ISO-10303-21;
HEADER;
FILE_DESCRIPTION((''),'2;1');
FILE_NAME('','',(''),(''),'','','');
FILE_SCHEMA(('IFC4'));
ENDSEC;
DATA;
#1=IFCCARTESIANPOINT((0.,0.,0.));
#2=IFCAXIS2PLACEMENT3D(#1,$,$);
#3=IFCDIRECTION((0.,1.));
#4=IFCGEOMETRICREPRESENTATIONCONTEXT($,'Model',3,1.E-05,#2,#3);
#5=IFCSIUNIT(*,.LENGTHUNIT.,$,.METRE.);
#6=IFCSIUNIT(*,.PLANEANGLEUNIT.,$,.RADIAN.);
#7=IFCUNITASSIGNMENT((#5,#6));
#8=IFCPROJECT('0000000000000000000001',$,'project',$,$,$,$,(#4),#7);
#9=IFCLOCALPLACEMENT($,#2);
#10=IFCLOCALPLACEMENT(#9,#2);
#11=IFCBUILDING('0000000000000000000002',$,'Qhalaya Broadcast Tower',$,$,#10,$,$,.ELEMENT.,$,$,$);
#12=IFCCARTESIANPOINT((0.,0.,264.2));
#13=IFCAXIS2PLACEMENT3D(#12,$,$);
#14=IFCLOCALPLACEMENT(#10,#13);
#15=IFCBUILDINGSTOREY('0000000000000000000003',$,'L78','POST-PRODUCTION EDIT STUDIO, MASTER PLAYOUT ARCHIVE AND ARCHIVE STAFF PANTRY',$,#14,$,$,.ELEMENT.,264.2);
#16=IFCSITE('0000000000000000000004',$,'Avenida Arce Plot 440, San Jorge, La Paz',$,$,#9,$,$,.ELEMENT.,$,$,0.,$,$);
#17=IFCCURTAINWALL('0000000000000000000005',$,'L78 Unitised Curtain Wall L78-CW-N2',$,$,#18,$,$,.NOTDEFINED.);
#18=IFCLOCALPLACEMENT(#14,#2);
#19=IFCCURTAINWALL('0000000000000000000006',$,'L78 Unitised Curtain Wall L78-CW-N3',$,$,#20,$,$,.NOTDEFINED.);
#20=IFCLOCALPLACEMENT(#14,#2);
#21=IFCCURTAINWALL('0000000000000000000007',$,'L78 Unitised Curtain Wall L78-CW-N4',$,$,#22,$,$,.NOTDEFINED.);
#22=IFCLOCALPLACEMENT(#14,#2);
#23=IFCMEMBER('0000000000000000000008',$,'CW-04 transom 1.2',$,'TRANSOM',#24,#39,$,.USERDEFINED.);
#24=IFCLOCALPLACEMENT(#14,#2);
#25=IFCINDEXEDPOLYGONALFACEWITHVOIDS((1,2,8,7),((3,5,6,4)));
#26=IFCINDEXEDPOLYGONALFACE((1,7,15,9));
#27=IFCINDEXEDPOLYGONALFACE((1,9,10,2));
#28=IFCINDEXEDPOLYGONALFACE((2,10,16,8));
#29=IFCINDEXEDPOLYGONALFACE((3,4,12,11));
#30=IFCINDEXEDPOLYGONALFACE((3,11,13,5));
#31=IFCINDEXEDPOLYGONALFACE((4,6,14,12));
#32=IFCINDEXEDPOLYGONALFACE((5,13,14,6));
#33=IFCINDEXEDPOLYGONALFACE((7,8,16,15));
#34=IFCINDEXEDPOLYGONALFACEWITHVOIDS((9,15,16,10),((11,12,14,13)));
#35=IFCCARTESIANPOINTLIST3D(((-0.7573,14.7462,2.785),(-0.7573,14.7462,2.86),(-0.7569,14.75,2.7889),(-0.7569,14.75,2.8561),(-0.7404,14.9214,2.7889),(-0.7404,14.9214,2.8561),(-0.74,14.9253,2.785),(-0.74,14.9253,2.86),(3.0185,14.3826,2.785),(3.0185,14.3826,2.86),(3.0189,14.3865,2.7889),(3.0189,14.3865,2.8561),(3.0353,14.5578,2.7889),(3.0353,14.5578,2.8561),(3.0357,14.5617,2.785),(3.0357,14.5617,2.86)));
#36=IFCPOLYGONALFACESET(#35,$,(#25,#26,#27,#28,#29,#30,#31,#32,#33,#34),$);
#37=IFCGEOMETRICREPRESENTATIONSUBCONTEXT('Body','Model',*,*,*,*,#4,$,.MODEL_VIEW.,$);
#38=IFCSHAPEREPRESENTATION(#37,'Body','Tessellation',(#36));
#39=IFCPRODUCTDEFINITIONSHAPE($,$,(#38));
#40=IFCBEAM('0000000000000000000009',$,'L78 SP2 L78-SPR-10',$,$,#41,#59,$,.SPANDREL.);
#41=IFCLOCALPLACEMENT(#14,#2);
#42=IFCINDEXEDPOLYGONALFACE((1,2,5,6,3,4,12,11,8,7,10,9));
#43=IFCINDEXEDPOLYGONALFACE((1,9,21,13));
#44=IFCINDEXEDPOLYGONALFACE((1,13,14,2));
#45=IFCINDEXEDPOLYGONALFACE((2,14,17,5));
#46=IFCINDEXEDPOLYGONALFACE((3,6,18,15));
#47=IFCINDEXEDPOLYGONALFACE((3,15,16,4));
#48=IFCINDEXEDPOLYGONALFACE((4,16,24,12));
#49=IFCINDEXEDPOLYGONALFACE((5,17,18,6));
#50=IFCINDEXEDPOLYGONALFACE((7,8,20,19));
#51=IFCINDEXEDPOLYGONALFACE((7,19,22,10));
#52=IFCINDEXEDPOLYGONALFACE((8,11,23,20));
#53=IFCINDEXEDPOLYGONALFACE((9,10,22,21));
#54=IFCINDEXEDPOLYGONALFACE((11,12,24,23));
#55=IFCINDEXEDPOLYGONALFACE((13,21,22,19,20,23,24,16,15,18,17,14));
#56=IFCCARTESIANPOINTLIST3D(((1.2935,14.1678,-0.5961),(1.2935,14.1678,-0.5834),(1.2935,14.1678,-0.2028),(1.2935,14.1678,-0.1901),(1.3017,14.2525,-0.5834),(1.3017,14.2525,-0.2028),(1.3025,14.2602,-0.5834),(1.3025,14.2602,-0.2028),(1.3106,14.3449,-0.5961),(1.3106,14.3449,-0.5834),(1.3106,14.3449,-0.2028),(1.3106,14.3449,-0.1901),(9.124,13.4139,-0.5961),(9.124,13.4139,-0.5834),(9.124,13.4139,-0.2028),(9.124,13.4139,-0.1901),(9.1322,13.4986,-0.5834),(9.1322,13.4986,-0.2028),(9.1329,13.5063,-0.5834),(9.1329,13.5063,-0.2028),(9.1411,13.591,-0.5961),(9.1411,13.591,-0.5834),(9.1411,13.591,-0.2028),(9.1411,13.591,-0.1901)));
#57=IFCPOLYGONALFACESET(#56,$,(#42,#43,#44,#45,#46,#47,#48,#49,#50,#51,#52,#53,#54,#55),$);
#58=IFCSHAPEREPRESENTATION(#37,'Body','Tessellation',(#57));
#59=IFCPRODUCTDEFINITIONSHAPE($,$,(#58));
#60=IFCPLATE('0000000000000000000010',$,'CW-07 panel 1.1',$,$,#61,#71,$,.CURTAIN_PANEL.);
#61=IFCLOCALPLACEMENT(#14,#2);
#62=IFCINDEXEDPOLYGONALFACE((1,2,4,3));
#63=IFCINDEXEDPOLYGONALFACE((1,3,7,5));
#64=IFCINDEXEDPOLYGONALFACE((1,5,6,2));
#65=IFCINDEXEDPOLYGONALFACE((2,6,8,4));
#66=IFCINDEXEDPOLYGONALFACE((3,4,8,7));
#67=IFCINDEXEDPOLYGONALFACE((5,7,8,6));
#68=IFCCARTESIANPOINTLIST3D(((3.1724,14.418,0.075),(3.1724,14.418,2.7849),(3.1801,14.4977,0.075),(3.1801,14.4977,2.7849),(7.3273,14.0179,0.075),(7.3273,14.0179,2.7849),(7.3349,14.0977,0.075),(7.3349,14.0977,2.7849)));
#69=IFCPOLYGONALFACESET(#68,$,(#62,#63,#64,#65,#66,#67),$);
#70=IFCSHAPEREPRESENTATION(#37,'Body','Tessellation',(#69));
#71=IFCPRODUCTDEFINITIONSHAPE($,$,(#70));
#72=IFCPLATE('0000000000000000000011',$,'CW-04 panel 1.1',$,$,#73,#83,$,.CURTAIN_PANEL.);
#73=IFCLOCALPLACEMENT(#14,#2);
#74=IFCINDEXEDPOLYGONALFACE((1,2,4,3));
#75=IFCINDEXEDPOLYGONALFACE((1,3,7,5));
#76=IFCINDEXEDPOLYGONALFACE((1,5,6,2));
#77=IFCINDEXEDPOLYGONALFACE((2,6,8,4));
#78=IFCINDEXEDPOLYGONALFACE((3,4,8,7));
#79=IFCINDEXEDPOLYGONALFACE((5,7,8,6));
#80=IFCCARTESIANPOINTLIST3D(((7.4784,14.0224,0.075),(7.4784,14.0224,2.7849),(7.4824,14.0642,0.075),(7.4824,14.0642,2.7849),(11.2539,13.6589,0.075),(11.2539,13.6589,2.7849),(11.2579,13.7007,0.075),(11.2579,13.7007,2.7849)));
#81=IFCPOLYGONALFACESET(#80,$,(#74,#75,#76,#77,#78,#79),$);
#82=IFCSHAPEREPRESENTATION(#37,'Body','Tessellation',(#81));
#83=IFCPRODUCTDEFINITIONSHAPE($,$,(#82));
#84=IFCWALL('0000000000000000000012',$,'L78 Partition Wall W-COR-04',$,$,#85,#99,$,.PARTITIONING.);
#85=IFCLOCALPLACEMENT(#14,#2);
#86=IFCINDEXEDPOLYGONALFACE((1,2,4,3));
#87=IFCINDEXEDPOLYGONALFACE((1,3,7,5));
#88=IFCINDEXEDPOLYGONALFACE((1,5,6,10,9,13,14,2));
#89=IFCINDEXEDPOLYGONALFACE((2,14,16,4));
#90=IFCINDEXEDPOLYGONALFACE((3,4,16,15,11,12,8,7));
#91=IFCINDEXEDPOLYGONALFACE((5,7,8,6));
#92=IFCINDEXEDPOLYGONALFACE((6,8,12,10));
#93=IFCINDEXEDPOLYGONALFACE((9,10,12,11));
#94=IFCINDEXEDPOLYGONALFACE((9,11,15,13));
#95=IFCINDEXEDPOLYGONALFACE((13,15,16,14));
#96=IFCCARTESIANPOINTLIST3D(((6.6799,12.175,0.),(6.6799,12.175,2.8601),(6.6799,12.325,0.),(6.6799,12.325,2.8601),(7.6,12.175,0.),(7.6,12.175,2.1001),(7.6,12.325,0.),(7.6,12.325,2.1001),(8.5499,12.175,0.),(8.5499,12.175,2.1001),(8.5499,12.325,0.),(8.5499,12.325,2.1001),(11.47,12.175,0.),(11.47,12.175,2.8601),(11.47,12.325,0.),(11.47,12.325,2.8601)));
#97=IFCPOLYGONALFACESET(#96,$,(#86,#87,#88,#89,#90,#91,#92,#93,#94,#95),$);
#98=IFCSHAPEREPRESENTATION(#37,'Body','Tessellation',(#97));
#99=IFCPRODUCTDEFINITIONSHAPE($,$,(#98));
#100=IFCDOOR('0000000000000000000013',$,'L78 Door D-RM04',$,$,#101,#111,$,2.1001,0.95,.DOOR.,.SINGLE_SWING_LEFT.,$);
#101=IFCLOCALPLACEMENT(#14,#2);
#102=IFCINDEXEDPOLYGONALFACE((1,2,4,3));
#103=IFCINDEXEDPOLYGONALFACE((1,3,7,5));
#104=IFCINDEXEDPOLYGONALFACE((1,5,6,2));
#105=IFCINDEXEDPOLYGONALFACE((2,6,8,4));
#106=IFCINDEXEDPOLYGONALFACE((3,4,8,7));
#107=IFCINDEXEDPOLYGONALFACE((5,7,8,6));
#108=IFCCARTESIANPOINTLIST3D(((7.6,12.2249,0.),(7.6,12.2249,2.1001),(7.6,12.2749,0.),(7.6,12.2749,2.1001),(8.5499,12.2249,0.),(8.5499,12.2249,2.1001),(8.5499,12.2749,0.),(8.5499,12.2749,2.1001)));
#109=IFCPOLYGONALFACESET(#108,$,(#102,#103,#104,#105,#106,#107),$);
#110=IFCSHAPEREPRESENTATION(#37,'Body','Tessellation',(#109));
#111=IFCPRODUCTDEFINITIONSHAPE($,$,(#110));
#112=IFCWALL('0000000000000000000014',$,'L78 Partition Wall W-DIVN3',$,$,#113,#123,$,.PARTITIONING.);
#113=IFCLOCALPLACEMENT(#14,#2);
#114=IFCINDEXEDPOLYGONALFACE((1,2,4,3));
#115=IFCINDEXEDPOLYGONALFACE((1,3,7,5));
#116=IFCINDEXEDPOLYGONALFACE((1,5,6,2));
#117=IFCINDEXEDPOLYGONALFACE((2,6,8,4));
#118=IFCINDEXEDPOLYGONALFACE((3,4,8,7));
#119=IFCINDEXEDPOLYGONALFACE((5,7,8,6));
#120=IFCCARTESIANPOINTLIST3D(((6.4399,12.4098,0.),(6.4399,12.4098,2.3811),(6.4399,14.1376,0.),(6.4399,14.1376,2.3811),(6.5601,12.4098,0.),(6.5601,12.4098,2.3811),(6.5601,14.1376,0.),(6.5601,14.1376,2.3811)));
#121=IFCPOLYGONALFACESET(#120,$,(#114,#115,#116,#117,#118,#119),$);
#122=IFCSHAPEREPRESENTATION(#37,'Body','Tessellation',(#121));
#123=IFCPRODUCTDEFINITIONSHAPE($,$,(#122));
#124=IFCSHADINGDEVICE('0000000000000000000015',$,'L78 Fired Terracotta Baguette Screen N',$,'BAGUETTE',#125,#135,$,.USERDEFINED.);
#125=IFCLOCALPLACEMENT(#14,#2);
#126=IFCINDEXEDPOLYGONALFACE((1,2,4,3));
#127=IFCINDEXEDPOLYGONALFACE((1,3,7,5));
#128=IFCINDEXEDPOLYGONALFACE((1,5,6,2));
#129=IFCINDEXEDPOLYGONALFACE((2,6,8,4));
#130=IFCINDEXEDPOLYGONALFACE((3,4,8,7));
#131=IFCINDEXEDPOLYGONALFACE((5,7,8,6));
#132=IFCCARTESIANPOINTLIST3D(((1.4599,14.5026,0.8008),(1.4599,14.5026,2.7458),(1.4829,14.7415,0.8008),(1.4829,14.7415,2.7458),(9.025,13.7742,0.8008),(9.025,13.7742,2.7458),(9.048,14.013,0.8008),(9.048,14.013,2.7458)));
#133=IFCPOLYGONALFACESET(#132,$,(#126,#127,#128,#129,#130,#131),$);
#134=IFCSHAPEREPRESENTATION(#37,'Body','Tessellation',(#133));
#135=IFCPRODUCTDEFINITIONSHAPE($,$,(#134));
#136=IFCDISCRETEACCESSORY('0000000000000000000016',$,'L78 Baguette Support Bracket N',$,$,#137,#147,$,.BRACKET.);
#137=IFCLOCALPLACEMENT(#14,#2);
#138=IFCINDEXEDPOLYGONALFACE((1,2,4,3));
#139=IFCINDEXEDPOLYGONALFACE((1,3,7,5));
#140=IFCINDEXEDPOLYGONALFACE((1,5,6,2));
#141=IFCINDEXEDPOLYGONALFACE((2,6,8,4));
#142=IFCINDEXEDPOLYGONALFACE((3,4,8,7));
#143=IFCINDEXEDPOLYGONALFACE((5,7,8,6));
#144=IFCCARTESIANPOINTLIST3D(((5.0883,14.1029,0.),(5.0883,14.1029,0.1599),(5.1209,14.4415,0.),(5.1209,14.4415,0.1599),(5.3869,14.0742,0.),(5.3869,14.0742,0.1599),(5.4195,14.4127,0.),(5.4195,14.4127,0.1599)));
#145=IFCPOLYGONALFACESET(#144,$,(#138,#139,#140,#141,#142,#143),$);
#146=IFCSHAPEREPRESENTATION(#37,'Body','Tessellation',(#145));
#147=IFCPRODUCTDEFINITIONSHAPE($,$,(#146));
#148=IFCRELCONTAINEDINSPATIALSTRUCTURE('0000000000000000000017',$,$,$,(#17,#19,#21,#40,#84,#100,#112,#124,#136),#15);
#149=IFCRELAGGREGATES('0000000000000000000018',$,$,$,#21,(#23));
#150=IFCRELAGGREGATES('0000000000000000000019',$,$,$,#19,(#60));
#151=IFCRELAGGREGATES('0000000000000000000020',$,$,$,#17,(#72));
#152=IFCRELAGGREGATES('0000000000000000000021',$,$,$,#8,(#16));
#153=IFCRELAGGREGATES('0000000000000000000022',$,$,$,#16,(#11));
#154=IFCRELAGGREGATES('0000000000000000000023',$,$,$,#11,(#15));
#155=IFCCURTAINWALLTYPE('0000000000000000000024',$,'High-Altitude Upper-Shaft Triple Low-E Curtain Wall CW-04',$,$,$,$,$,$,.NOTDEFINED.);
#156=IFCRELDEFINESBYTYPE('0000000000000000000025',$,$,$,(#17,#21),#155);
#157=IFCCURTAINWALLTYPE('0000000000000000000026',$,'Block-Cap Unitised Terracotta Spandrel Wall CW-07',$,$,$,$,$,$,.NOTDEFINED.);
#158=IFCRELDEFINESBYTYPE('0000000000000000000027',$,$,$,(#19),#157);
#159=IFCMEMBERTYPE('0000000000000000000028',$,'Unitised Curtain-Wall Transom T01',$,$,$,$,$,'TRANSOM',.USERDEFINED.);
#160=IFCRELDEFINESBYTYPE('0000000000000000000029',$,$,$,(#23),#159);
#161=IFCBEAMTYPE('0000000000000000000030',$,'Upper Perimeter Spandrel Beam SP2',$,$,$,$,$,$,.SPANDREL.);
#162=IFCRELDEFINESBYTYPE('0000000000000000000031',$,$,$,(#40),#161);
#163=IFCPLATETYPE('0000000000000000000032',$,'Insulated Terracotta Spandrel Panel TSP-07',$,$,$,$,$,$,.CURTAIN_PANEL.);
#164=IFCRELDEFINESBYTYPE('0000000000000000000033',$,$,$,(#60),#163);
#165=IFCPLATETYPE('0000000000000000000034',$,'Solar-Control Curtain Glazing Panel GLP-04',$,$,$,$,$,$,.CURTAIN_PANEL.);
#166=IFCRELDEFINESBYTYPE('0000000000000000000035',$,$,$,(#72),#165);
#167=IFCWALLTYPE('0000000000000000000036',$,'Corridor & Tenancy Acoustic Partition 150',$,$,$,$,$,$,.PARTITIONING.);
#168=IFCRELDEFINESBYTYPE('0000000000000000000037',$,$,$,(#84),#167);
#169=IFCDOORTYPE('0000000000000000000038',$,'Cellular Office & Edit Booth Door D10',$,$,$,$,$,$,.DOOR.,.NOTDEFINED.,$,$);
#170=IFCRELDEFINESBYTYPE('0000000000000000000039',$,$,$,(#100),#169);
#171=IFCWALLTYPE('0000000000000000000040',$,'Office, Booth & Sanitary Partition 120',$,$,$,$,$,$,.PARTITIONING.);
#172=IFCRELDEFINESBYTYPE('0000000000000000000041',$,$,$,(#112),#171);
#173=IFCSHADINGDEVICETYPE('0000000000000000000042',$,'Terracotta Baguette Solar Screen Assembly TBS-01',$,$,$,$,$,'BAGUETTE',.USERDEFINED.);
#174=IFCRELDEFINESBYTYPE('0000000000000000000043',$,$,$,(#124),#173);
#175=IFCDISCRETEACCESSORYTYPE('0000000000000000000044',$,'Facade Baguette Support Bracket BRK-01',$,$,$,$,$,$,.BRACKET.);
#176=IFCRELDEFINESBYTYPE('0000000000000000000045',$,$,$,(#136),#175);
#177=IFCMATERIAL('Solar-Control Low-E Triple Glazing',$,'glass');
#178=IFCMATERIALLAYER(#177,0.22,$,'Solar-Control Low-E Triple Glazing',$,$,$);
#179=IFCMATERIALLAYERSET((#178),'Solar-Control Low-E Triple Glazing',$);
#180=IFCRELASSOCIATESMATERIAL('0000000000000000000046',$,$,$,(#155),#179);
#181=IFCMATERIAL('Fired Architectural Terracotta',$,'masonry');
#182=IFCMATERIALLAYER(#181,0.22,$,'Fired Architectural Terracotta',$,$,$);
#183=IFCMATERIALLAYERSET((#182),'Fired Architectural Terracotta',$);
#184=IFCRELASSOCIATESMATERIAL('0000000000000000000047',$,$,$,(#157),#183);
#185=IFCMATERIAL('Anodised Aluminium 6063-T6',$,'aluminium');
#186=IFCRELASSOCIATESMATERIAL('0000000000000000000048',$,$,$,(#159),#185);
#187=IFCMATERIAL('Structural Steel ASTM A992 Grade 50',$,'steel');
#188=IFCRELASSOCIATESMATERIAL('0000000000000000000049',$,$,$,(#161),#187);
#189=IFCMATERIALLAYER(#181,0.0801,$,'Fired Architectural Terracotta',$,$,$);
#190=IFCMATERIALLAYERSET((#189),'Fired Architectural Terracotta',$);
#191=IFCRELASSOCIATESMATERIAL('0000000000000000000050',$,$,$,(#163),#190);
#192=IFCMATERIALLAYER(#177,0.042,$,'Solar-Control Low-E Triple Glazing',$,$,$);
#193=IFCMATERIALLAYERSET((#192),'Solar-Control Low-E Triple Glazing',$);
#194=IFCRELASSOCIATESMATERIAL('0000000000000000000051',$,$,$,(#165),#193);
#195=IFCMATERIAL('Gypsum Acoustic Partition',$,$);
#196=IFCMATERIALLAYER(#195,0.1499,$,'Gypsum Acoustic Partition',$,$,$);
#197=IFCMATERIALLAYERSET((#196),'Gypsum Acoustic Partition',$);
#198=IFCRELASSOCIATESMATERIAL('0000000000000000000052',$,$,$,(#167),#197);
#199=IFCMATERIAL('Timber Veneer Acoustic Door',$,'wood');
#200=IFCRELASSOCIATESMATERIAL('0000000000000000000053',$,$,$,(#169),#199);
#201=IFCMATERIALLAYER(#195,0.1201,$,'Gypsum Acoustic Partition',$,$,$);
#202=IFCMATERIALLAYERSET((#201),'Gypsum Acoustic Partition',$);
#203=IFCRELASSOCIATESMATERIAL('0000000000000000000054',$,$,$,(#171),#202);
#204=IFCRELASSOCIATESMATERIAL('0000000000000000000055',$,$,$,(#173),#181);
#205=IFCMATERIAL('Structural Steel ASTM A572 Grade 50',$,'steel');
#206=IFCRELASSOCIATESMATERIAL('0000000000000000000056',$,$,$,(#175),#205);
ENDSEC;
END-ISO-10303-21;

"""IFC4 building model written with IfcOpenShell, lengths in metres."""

from ifc_helpers import new_model, si_unit, direction, frame, frame_2d, origin, origin_2d, place, context, subcontext, project, spatial, rectangle, hollow_rectangle, i_section, extrude, material, layer, layer_set, material_profile, profile_set, type_object, element, fill, aggregate, save


model = new_model("IFC4")

# Units and contexts
model_context = context("Model", 3, precision=1e-05, world=origin(), true_north=direction((0.0, 1.0)))
body_context = subcontext(model_context, "Body", "Model", "MODEL_VIEW")
ifc_project = project(units=[si_unit("LENGTHUNIT", "METRE"), si_unit("PLANEANGLEUNIT", "RADIAN")], contexts=[model_context])

# Site, building, storey
site_placement = place(None, origin())
site = spatial("IfcSite", under=ifc_project, at=site_placement, Name="Avenida Arce Plot 440, San Jorge, La Paz", CompositionType="ELEMENT", RefElevation=0.0)
building_placement = place(site_placement, origin())
building = spatial("IfcBuilding", under=site, at=building_placement, Name="Qhalaya Broadcast Tower", CompositionType="ELEMENT")
storey_placement = place(building_placement, frame((0.0, 0.0, 264.2)))
storey = spatial("IfcBuildingStorey", under=building, at=storey_placement, Name="L78", Description="POST-PRODUCTION EDIT STUDIO, MASTER PLAYOUT ARCHIVE AND ARCHIVE STAFF PANTRY", CompositionType="ELEMENT", Elevation=264.2)

# Shared definitions
ifc_material_1 = material(Name="Structural Steel ASTM A572 Grade 50", Category="steel")

# Shared definitions
ifc_material_2 = material(Name="Structural Steel ASTM A992 Grade 50", Category="steel")

# Curtain wall
ifc_material_3 = material(Name="Solar-Control Low-E Triple Glazing", Category="glass")
ifc_layer_1 = layer(ifc_material_3, 0.22, Name="Solar-Control Low-E Triple Glazing")
ifc_layer_set_1 = layer_set([ifc_layer_1], Name="Solar-Control Low-E Triple Glazing")
curtain_wall_type_1 = type_object("IfcCurtainWallType", Name="High-Altitude Upper-Shaft Triple Low-E Curtain Wall CW-04", PredefinedType="NOTDEFINED", material=ifc_layer_set_1)
curtain_wall_1_placement = place(storey_placement, origin())
curtain_wall_1 = element("IfcCurtainWall", 1, at=curtain_wall_1_placement, inside=storey, type_object=curtain_wall_type_1, Name="L78 Unitised Curtain Wall L78-CW-N2", PredefinedType="NOTDEFINED")
ifc_material_4 = material(Name="Anodised Aluminium 6063-T6", Category="aluminium")

# Curtain wall
ifc_material_5 = material(Name="Fired Architectural Terracotta", Category="masonry")
ifc_layer_2 = layer(ifc_material_5, 0.22, Name="Fired Architectural Terracotta")
ifc_layer_set_2 = layer_set([ifc_layer_2], Name="Fired Architectural Terracotta")
curtain_wall_type_2 = type_object("IfcCurtainWallType", Name="Block-Cap Unitised Terracotta Spandrel Wall CW-07", PredefinedType="NOTDEFINED", material=ifc_layer_set_2)
curtain_wall_2_placement = place(storey_placement, origin())
curtain_wall_2 = element("IfcCurtainWall", 2, at=curtain_wall_2_placement, inside=storey, type_object=curtain_wall_type_2, Name="L78 Unitised Curtain Wall L78-CW-N3", PredefinedType="NOTDEFINED")

# Curtain wall
curtain_wall_3_placement = place(storey_placement, origin())
curtain_wall_3 = element("IfcCurtainWall", 3, at=curtain_wall_3_placement, inside=storey, type_object=curtain_wall_type_1, Name="L78 Unitised Curtain Wall L78-CW-N4", PredefinedType="NOTDEFINED")

# Member
ifc_material_profile_1 = material_profile(ifc_material_4, hollow_rectangle(XDim=0.075, YDim=0.1799, WallThickness=0.0039, at=origin_2d()), Name="ALU-TRN 75x180x4")
ifc_profile_set_1 = profile_set([ifc_material_profile_1], Name="Anodised Aluminium 6063-T6")
member_type_1 = type_object("IfcMemberType", Name="Unitised Curtain-Wall Transom T01", ElementType="TRANSOM", PredefinedType="USERDEFINED", material=ifc_profile_set_1)
member_1_placement = place(storey_placement, frame((3.0271, 14.4722, 2.8225), z_axis=(-0.995397, 0.095839, 0.0), x_axis=(0.0, 0.0, 1.0)))
member_1 = element("IfcMember", 4, at=member_1_placement, type_object=member_type_1, Name="CW-04 transom 1.2", ObjectType="TRANSOM", PredefinedType="USERDEFINED", context=body_context, shape_type="SweptSolid", body=[
    extrude(hollow_rectangle(XDim=0.075, YDim=0.1799, WallThickness=0.0039, at=origin_2d()), origin(), (0.0, 0.0, 1.0), 3.7932),
])
aggregate(curtain_wall_3, [member_1])

# Beam
ifc_material_profile_2 = material_profile(ifc_material_2, i_section(OverallWidth=0.178, OverallDepth=0.406, WebThickness=0.0078, FlangeThickness=0.0127, at=origin_2d()), Name="W16X40")
ifc_profile_set_2 = profile_set([ifc_material_profile_2], Name="Structural Steel ASTM A992 Grade 50")
beam_type_1 = type_object("IfcBeamType", Name="Upper Perimeter Spandrel Beam SP2", PredefinedType="SPANDREL", material=ifc_profile_set_2)
beam_1_placement = place(storey_placement, frame((9.1326, 13.5024, -0.3931), z_axis=(-0.995397, 0.095834, 0.0), x_axis=(-0.095834, -0.995397, 0.0)))
element("IfcBeam", 5, at=beam_1_placement, inside=storey, type_object=beam_type_1, Name="L78 SP2 L78-SPR-10", PredefinedType="SPANDREL", context=body_context, shape_type="SweptSolid", body=[
    extrude(i_section(OverallWidth=0.178, OverallDepth=0.406, WebThickness=0.0078, FlangeThickness=0.0127, at=origin_2d()), origin(), (0.0, 0.0, 1.0), 7.8667),
])

# Plates
ifc_layer_3 = layer(ifc_material_5, 0.0801, Name="Fired Architectural Terracotta")
ifc_layer_set_3 = layer_set([ifc_layer_3], Name="Fired Architectural Terracotta")
plate_type_1 = type_object("IfcPlateType", Name="Insulated Terracotta Spandrel Panel TSP-07", PredefinedType="CURTAIN_PANEL", material=ifc_layer_set_3)
plate_1_placement = place(storey_placement, frame((5.2537, 14.2578, 0.075), z_axis=(0.0, 0.0, 1.0), x_axis=(-0.995397, 0.095837, 0.0)))
plate_1 = element("IfcPlate", 6, at=plate_1_placement, type_object=plate_type_1, Name="CW-07 panel 1.1", PredefinedType="CURTAIN_PANEL", context=body_context, shape_type="SweptSolid", body=[
    extrude(rectangle(XDim=4.1741, YDim=0.0801, at=origin_2d()), origin(), (0.0, 0.0, 1.0), 2.71),
])
aggregate(curtain_wall_2, [plate_1])
ifc_layer_4 = layer(ifc_material_3, 0.042, Name="Solar-Control Low-E Triple Glazing")
ifc_layer_set_4 = layer_set([ifc_layer_4], Name="Solar-Control Low-E Triple Glazing")
plate_type_2 = type_object("IfcPlateType", Name="Solar-Control Curtain Glazing Panel GLP-04", PredefinedType="CURTAIN_PANEL", material=ifc_layer_set_4)
plate_2_placement = place(storey_placement, frame((9.3682, 13.8616, 0.075), z_axis=(0.0, 0.0, 1.0), x_axis=(-0.995397, 0.095842, 0.0)))
plate_2 = element("IfcPlate", 7, at=plate_2_placement, type_object=plate_type_2, Name="CW-04 panel 1.1", PredefinedType="CURTAIN_PANEL", context=body_context, shape_type="SweptSolid", body=[
    extrude(rectangle(XDim=3.793, YDim=0.042, at=origin_2d()), origin(), (0.0, 0.0, 1.0), 2.71),
])
aggregate(curtain_wall_1, [plate_2])

# Wall, opening, door
ifc_material_6 = material(Name="Gypsum Acoustic Partition")
ifc_layer_5 = layer(ifc_material_6, 0.1499, Name="Gypsum Acoustic Partition")
ifc_layer_set_5 = layer_set([ifc_layer_5], Name="Gypsum Acoustic Partition")
wall_type_1 = type_object("IfcWallType", Name="Corridor & Tenancy Acoustic Partition 150", PredefinedType="PARTITIONING", material=ifc_layer_set_5)
wall_1_placement = place(storey_placement, frame((6.6799, 12.25, 0.0), z_axis=(0.0, 0.0, 1.0), x_axis=(1.0, 0.0, 0.0)))
wall_1 = element("IfcWall", 8, at=wall_1_placement, inside=storey, type_object=wall_type_1, Name="L78 Partition Wall W-COR-04", PredefinedType="PARTITIONING", context=body_context, shape_type="SweptSolid", body=[
    extrude(rectangle(XDim=4.79, YDim=0.1499, at=frame_2d((2.395, 0.0))), origin(), (0.0, 0.0, 1.0), 2.8601),
])
opening_placement = place(wall_1_placement, frame((0.9199, 0.0, 0.0)))
opening = element("IfcOpeningElement", 9, at=opening_placement, cuts=wall_1, PredefinedType="OPENING", context=body_context, shape_type="SweptSolid", body=[
    extrude(rectangle(XDim=0.95, YDim=2.1001, at=frame_2d((0.4751, 1.05))), frame((0.0, 0.0869, 0.0), z_axis=(0.0, -1.0, 0.0), x_axis=(1.0, 0.0, 0.0)), (0.0, 0.0, 1.0), 0.1738),
])
ifc_material_7 = material(Name="Timber Veneer Acoustic Door", Category="wood")
door_type = type_object("IfcDoorType", Name="Cellular Office & Edit Booth Door D10", OperationType="NOTDEFINED", PredefinedType="DOOR", material=ifc_material_7)
door_placement = place(opening_placement, origin())
door = element("IfcDoor", 10, at=door_placement, inside=storey, type_object=door_type, Name="L78 Door D-RM04", OperationType="SINGLE_SWING_LEFT", OverallHeight=2.1001, OverallWidth=0.95, PredefinedType="DOOR", context=body_context, shape_type="SweptSolid", body=[
    extrude(rectangle(XDim=0.95, YDim=2.1001, at=frame_2d((0.4751, 1.05))), frame((0.0, 0.0249, 0.0), z_axis=(0.0, -1.0, 0.0), x_axis=(1.0, 0.0, 0.0)), (0.0, 0.0, 1.0), 0.05),
])
fill(opening, door)

# Wall
ifc_layer_6 = layer(ifc_material_6, 0.1201, Name="Gypsum Acoustic Partition")
ifc_layer_set_6 = layer_set([ifc_layer_6], Name="Gypsum Acoustic Partition")
wall_type_2 = type_object("IfcWallType", Name="Office, Booth & Sanitary Partition 120", PredefinedType="PARTITIONING", material=ifc_layer_set_6)
wall_2_placement = place(storey_placement, frame((6.5, 12.4099, 0.0), z_axis=(0.0, 0.0, 1.0), x_axis=(0.0, 1.0, 0.0)))
element("IfcWall", 11, at=wall_2_placement, inside=storey, type_object=wall_type_2, Name="L78 Partition Wall W-DIVN3", PredefinedType="PARTITIONING", context=body_context, shape_type="SweptSolid", body=[
    extrude(rectangle(XDim=1.7278, YDim=0.1201, at=frame_2d((0.8638, 0.0))), origin(), (0.0, 0.0, 1.0), 2.3811),
])

# Shading device
shading_device_type = type_object("IfcShadingDeviceType", Name="Terracotta Baguette Solar Screen Assembly TBS-01", ElementType="BAGUETTE", PredefinedType="USERDEFINED", material=ifc_material_5)
shading_device_placement = place(storey_placement, frame((5.2539, 14.2578, 0.8008), z_axis=(0.0, 0.0, 1.0), x_axis=(-0.995396, 0.095846, 0.0)))
element("IfcShadingDevice", 12, at=shading_device_placement, inside=storey, type_object=shading_device_type, Name="L78 Fired Terracotta Baguette Screen N", ObjectType="BAGUETTE", PredefinedType="USERDEFINED", context=body_context, shape_type="SweptSolid", body=[
    extrude(rectangle(XDim=7.6001, YDim=0.24, at=origin_2d()), origin(), (0.0, 0.0, 1.0), 1.9451),
])

# Discrete accessory
discrete_accessory_type = type_object("IfcDiscreteAccessoryType", Name="Facade Baguette Support Bracket BRK-01", PredefinedType="BRACKET", material=ifc_material_1)
discrete_accessory_placement = place(storey_placement, frame((5.2539, 14.2578, 0.0), z_axis=(0.0, 0.0, 1.0), x_axis=(-0.995396, 0.095846, 0.0)))
element("IfcDiscreteAccessory", 13, at=discrete_accessory_placement, inside=storey, type_object=discrete_accessory_type, Name="L78 Baguette Support Bracket N", PredefinedType="BRACKET", context=body_context, shape_type="SweptSolid", body=[
    extrude(rectangle(XDim=0.3, YDim=0.3401, at=origin_2d()), origin(), (0.0, 0.0, 1.0), 0.1599),
])

save(model, "model.ifc")
